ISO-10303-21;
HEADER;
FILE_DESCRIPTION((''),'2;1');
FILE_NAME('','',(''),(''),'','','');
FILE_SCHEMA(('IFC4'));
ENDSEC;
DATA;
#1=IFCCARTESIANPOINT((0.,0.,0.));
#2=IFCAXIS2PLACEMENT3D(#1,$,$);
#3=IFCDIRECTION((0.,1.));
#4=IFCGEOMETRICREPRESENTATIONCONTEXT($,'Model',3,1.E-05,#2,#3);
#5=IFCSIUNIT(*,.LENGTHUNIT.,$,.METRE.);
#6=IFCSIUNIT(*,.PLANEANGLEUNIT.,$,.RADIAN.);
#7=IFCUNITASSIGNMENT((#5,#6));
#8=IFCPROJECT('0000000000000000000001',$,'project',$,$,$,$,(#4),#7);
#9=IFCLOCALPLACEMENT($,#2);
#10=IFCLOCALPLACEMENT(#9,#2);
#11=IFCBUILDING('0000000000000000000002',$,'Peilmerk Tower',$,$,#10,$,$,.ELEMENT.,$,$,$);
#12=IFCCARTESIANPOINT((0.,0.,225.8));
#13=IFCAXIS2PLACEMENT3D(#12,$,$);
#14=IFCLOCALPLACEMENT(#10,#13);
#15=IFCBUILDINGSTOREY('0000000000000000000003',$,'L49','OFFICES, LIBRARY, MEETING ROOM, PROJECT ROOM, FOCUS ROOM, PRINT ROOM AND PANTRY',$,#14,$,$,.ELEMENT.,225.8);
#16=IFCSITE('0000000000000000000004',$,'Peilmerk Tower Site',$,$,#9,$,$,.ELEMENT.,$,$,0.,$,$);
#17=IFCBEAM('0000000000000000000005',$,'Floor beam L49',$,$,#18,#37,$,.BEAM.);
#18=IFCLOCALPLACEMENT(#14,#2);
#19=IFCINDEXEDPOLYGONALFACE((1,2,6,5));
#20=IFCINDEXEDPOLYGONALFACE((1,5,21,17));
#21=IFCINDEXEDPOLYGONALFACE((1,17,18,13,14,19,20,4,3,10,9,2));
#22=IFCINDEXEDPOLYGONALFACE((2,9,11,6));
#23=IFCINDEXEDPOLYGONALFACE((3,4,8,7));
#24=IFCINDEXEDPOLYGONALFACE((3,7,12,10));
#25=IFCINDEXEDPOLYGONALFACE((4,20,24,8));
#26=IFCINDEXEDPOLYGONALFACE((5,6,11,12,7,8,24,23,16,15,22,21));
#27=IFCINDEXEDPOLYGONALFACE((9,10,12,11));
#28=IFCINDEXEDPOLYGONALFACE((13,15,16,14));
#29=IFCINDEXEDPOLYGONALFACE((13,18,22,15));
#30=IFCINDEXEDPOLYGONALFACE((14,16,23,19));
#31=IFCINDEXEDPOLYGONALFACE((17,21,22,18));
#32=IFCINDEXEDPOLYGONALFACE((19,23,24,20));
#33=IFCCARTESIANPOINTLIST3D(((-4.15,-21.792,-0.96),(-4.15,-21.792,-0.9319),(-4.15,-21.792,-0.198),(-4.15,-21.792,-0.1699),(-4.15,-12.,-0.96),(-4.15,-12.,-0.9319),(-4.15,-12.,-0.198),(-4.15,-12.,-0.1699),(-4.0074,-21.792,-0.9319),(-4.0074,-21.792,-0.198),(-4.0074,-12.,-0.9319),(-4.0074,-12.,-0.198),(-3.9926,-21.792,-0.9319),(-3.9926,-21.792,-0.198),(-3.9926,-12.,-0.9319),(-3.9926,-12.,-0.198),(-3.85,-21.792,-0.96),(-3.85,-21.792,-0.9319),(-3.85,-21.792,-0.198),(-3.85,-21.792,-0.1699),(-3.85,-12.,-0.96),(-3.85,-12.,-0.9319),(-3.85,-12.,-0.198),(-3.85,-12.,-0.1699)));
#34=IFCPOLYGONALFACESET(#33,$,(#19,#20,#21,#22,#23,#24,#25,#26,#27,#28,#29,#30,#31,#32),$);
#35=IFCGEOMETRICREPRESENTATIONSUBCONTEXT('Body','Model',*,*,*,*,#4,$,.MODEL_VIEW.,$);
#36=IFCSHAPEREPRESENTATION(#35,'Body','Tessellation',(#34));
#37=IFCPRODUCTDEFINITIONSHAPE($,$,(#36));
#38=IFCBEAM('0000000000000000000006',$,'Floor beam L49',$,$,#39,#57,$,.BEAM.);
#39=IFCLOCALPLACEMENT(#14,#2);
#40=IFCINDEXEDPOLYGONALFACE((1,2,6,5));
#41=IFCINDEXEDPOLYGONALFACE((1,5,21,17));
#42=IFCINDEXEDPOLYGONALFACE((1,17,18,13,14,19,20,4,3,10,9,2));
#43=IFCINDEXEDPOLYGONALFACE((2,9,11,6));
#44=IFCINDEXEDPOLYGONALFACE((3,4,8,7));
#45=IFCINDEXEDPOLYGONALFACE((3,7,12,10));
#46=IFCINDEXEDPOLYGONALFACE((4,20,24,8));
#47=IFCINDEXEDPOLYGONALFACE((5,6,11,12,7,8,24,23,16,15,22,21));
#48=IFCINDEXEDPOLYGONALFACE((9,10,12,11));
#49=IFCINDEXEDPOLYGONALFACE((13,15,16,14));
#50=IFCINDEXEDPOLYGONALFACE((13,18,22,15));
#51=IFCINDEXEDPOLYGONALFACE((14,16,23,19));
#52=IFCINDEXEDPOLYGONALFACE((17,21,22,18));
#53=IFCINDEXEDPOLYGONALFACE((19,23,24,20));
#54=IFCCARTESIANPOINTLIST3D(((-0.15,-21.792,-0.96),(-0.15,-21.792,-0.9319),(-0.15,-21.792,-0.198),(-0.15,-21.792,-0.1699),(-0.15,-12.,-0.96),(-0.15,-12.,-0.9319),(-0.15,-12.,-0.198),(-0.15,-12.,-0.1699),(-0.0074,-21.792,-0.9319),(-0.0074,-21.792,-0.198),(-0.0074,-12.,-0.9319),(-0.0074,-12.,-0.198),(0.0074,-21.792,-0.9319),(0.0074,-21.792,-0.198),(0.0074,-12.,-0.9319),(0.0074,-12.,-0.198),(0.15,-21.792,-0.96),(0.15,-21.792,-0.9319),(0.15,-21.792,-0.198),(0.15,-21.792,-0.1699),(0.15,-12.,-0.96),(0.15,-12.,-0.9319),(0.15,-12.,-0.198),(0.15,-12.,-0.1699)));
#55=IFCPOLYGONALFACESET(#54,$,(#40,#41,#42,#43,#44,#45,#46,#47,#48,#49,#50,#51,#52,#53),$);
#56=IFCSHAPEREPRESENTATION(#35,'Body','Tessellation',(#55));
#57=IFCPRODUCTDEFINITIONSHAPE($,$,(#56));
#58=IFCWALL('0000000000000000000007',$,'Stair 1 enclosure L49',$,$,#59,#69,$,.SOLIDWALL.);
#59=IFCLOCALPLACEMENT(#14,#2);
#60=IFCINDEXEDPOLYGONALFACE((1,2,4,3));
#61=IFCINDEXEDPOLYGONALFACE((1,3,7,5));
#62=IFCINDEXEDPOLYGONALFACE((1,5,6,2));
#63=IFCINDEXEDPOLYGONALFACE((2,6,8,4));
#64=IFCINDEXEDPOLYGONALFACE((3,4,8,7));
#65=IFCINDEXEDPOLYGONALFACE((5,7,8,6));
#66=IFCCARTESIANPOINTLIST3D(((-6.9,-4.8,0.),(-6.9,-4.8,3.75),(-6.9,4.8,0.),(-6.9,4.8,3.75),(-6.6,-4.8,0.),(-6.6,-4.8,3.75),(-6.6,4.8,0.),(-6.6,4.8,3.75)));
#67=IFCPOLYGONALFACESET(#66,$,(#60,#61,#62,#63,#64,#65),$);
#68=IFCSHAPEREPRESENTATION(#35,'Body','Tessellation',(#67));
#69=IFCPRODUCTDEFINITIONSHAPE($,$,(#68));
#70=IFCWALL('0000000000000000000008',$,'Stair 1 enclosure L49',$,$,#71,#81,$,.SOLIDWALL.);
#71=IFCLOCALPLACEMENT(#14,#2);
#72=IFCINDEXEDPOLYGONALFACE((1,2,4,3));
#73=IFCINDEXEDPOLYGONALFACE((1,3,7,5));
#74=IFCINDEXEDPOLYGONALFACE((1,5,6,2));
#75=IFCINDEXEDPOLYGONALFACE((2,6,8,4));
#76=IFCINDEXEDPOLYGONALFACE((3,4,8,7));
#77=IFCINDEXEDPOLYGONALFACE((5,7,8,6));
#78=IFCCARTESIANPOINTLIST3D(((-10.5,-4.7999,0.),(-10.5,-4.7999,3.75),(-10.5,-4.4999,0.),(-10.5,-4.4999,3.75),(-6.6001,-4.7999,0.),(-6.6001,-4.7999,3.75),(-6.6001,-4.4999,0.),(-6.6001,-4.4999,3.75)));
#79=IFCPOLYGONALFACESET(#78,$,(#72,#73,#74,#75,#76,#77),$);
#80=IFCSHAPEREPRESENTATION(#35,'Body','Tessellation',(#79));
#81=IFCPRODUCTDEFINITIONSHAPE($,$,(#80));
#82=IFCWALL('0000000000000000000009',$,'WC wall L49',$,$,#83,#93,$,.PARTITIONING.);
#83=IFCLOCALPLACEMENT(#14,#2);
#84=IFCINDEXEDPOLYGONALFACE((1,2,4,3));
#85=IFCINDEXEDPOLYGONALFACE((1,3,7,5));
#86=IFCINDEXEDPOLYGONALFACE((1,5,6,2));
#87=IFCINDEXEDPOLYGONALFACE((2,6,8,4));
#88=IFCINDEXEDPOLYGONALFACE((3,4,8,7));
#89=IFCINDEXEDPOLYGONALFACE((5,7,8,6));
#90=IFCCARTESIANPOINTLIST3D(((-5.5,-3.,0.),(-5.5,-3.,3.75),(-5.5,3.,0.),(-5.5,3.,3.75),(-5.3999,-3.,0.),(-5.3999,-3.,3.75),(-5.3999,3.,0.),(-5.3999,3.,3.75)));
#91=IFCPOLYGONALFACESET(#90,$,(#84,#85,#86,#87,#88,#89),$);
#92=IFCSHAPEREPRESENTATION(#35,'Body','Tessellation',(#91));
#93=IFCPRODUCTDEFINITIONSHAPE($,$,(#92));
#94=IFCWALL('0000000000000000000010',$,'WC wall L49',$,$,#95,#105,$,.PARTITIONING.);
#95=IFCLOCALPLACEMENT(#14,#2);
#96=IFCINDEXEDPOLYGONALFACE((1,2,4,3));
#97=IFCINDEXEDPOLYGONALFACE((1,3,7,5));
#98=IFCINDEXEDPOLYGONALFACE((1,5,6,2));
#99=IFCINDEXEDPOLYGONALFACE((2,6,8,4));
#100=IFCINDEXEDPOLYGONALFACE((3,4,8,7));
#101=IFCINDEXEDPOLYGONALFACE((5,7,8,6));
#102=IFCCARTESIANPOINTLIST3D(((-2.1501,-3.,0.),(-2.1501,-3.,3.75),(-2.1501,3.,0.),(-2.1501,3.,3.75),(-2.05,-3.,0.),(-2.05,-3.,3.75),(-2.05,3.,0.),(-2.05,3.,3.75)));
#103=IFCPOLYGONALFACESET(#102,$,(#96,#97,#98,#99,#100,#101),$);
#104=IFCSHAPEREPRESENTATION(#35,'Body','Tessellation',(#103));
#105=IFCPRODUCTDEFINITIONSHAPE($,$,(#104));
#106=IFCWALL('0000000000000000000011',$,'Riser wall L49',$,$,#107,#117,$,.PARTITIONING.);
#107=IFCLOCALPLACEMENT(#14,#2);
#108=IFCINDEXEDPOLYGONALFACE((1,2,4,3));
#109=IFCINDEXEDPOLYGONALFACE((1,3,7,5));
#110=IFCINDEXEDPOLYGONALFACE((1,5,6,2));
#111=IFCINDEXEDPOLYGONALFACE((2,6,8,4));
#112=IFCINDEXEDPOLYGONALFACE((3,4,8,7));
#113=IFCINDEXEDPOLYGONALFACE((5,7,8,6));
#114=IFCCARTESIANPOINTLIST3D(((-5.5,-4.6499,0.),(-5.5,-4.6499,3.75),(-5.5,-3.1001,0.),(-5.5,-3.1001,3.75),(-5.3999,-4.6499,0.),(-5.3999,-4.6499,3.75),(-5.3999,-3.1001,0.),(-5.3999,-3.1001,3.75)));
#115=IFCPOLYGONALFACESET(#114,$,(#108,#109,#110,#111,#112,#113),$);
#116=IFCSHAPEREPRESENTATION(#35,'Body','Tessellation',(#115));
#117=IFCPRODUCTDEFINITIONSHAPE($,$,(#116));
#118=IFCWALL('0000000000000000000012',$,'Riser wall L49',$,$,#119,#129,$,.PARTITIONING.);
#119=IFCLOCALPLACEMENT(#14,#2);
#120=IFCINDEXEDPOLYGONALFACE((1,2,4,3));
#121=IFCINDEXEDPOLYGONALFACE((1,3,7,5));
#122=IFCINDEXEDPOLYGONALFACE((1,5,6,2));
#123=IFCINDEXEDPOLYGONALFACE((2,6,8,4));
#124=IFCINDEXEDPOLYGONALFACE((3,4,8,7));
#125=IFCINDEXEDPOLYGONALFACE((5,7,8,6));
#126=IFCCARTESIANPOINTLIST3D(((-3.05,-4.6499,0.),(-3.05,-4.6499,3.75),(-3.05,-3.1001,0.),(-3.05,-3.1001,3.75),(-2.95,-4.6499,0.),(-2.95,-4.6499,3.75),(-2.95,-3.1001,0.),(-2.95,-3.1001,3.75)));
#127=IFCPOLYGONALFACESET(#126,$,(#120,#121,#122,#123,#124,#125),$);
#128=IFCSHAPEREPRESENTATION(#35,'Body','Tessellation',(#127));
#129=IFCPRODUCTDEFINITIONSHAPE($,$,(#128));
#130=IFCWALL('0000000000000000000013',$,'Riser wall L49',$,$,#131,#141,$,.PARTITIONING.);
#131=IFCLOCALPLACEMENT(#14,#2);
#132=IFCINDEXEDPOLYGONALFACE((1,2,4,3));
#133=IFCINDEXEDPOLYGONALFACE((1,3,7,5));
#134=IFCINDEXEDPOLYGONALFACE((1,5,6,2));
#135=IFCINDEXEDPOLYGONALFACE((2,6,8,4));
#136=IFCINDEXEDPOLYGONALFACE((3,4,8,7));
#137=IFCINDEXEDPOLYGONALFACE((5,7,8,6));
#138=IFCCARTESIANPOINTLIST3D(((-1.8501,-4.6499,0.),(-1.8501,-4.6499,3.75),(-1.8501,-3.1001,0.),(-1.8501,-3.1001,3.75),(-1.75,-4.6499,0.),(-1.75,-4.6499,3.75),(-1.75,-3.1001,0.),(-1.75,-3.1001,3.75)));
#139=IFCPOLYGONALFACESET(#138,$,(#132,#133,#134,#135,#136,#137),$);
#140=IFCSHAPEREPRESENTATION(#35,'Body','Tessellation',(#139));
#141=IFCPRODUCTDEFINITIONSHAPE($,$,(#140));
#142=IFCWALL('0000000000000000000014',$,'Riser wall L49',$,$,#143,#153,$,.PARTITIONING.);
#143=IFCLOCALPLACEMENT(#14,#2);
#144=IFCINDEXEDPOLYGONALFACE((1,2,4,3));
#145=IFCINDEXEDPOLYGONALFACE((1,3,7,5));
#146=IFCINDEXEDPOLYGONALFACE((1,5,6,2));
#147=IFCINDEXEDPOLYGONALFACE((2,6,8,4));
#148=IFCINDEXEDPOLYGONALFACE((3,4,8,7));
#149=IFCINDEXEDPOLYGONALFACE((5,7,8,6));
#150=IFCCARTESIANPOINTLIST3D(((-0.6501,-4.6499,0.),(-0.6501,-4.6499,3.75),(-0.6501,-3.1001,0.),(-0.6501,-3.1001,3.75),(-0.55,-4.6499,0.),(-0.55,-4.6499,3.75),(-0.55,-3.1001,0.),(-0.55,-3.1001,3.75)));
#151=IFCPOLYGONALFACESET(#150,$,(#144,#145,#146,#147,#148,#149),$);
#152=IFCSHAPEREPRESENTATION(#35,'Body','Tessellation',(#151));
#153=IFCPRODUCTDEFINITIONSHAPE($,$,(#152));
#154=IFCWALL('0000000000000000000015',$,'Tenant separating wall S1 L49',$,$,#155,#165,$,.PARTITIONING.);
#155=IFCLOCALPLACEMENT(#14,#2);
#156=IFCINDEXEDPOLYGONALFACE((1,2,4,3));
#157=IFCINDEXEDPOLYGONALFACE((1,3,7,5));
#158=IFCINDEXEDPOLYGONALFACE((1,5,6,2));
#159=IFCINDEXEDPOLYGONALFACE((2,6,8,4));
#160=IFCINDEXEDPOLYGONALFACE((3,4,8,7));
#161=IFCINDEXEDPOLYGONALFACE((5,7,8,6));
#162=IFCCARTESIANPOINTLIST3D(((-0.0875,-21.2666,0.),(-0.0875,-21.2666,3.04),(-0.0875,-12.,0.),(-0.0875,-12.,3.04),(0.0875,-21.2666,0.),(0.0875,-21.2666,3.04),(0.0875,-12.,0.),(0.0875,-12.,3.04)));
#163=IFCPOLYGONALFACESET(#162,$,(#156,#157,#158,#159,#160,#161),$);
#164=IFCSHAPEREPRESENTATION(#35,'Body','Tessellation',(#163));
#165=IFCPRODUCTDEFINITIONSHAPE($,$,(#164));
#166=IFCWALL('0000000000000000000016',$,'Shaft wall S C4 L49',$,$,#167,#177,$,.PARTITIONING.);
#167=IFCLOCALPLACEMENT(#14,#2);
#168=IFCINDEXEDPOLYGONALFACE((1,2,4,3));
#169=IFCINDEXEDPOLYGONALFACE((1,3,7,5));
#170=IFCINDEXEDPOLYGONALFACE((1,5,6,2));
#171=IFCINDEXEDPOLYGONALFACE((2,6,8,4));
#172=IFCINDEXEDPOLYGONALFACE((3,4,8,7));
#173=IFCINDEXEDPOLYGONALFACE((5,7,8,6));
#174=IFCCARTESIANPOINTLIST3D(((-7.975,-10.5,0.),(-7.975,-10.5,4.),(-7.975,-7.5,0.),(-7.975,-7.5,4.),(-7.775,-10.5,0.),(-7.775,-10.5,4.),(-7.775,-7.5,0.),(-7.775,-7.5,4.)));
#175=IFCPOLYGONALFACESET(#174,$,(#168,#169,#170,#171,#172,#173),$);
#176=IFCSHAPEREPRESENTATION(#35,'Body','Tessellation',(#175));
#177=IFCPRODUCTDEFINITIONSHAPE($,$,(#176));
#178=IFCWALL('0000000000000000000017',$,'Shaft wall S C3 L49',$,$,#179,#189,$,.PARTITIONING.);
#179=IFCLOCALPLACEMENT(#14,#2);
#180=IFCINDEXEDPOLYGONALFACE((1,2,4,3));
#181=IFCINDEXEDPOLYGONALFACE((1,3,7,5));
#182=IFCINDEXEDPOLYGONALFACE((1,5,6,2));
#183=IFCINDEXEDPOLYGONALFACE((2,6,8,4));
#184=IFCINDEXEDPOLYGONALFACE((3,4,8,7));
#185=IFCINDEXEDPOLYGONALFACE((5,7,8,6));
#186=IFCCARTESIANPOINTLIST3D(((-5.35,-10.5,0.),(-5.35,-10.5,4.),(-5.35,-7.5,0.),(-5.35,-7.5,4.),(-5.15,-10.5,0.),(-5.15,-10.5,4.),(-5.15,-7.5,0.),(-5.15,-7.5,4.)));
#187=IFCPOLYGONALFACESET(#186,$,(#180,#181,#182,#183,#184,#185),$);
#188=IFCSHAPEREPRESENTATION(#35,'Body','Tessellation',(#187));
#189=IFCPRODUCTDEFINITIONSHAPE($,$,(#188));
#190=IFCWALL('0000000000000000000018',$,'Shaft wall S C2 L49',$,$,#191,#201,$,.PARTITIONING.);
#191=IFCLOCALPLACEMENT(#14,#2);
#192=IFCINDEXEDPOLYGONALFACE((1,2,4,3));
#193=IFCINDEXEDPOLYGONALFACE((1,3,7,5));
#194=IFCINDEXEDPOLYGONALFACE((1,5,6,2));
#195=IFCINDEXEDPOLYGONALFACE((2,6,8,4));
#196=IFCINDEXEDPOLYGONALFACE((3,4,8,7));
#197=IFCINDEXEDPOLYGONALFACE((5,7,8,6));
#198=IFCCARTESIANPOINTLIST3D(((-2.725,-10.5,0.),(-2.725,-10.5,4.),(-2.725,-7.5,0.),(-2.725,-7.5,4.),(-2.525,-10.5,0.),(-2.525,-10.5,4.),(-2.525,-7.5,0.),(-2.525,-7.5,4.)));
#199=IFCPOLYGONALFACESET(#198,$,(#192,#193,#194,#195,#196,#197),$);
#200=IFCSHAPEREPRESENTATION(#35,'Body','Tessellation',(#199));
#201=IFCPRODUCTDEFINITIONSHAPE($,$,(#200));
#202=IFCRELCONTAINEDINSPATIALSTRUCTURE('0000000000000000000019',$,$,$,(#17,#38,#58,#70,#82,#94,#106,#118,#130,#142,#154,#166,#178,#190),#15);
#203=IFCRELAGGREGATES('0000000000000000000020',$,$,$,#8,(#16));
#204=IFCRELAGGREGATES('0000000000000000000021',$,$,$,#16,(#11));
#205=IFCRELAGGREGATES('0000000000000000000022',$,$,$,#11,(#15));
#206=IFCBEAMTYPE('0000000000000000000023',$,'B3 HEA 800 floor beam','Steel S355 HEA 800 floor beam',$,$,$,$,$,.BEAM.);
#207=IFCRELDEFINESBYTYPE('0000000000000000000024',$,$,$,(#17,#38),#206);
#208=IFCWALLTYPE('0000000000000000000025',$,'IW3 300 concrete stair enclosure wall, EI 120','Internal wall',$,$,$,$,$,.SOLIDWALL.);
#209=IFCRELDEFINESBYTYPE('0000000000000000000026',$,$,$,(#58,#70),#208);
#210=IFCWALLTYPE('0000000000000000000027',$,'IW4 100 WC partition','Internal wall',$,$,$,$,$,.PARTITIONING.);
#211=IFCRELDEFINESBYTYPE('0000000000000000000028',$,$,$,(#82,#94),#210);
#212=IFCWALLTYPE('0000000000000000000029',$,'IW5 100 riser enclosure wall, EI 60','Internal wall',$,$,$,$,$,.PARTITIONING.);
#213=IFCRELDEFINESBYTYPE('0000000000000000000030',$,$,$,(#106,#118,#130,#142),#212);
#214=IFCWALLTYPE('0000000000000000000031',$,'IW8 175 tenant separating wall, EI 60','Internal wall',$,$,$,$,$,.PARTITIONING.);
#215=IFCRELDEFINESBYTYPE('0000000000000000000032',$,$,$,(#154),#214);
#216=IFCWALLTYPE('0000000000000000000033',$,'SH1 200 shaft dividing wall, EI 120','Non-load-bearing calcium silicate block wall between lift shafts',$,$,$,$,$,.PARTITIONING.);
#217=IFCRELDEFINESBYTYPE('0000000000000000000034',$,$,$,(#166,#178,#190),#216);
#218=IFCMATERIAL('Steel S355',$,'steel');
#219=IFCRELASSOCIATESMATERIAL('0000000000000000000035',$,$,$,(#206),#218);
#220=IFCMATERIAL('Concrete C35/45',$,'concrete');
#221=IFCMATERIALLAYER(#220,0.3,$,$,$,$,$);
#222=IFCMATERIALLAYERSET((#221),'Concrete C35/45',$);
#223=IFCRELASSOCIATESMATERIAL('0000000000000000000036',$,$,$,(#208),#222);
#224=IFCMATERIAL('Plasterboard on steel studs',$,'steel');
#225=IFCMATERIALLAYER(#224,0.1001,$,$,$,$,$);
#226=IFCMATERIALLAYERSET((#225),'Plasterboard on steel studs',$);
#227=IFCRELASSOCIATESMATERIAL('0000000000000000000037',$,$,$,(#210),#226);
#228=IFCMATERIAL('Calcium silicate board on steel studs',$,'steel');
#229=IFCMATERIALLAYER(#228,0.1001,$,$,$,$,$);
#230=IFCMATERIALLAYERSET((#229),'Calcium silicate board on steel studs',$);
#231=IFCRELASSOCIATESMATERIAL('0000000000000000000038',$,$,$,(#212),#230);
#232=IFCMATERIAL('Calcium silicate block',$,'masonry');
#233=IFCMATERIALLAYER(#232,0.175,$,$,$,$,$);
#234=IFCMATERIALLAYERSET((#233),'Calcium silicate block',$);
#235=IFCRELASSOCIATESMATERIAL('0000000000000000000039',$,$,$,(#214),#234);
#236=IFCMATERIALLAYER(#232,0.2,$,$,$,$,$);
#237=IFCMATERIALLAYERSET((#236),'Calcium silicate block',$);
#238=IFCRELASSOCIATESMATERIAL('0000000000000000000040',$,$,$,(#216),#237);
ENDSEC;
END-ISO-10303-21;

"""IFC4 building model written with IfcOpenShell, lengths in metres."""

from ifc_helpers import new_model, si_unit, direction, frame, frame_2d, origin, origin_2d, place, context, subcontext, project, spatial, rectangle, i_section, extrude, material, layer, layer_set, material_profile, profile_set, type_object, element, save


model = new_model("IFC4")

# Units and contexts
model_context = context("Model", 3, precision=1e-05, world=origin(), true_north=direction((0.0, 1.0)))
body_context = subcontext(model_context, "Body", "Model", "MODEL_VIEW")
ifc_project = project(units=[si_unit("LENGTHUNIT", "METRE"), si_unit("PLANEANGLEUNIT", "RADIAN")], contexts=[model_context])

# Site, building, storey
site_placement = place(None, origin())
site = spatial("IfcSite", under=ifc_project, at=site_placement, Name="Peilmerk Tower Site", CompositionType="ELEMENT", RefElevation=0.0)
building_placement = place(site_placement, origin())
building = spatial("IfcBuilding", under=site, at=building_placement, Name="Peilmerk Tower", CompositionType="ELEMENT")
storey_placement = place(building_placement, frame((0.0, 0.0, 225.8)))
storey = spatial("IfcBuildingStorey", under=building, at=storey_placement, Name="L49", Description="OFFICES, LIBRARY, MEETING ROOM, PROJECT ROOM, FOCUS ROOM, PRINT ROOM AND PANTRY", CompositionType="ELEMENT", Elevation=225.8)

# Beams
ifc_material_1 = material(Name="Steel S355", Category="steel")
ifc_material_profile = material_profile(ifc_material_1, i_section(OverallWidth=0.3, OverallDepth=0.79, WebThickness=0.0149, FlangeThickness=0.0281, at=origin_2d()), Name="HEA 800")
ifc_profile_set = profile_set([ifc_material_profile], Name="Steel S355")
beam_type = type_object("IfcBeamType", Name="B3 HEA 800 floor beam", Description="Steel S355 HEA 800 floor beam", PredefinedType="BEAM", material=ifc_profile_set)
for number, where, z_axis, x_axis, name in (
    (1, (-4.0, -12.0, -0.5649), (0.0, -1.0, 0.0), (1.0, 0.0, 0.0), "Floor beam L49"),
    (2, (0.0, -12.0, -0.5649), (0.0, -1.0, 0.0), (1.0, 0.0, 0.0), "Floor beam L49"),
):
    element("IfcBeam", number, at=place(storey_placement, frame(where, z_axis=z_axis, x_axis=x_axis)), inside=storey, type_object=beam_type, Name=name, PredefinedType="BEAM", context=body_context, shape_type="SweptSolid", body=[
        extrude(i_section(OverallWidth=0.3, OverallDepth=0.79, WebThickness=0.0149, FlangeThickness=0.0281, at=origin_2d()), origin(), (0.0, 0.0, 1.0), 9.792),
    ])

# Walls
ifc_material_2 = material(Name="Concrete C35/45", Category="concrete")
ifc_layer_1 = layer(ifc_material_2, 0.3)
ifc_layer_set_1 = layer_set([ifc_layer_1], Name="Concrete C35/45")
wall_type_1 = type_object("IfcWallType", Name="IW3 300 concrete stair enclosure wall, EI 120", Description="Internal wall", PredefinedType="SOLIDWALL", material=ifc_layer_set_1)
wall_1_placement = place(storey_placement, frame((-6.75, -4.8, 0.0), z_axis=(0.0, 0.0, 1.0), x_axis=(0.0, 1.0, 0.0)))
element("IfcWall", 3, at=wall_1_placement, inside=storey, type_object=wall_type_1, Name="Stair 1 enclosure L49", PredefinedType="SOLIDWALL", context=body_context, shape_type="SweptSolid", body=[
    extrude(rectangle(XDim=9.6001, YDim=0.3, at=frame_2d((4.8, 0.0))), origin(), (0.0, 0.0, 1.0), 3.75),
])
wall_2_placement = place(storey_placement, frame((-6.6001, -4.6499, 0.0), z_axis=(0.0, 0.0, 1.0), x_axis=(-1.0, 0.0, 0.0)))
element("IfcWall", 4, at=wall_2_placement, inside=storey, type_object=wall_type_1, Name="Stair 1 enclosure L49", PredefinedType="SOLIDWALL", context=body_context, shape_type="SweptSolid", body=[
    extrude(rectangle(XDim=3.8999, YDim=0.3, at=frame_2d((1.95, 0.0))), origin(), (0.0, 0.0, 1.0), 3.75),
])
ifc_material_3 = material(Name="Plasterboard on steel studs", Category="steel")
ifc_layer_2 = layer(ifc_material_3, 0.1001)
ifc_layer_set_2 = layer_set([ifc_layer_2], Name="Plasterboard on steel studs")
wall_type_2 = type_object("IfcWallType", Name="IW4 100 WC partition", Description="Internal wall", PredefinedType="PARTITIONING", material=ifc_layer_set_2)
for number, where, z_axis, x_axis, name in (
    (5, (-5.45, -3.0, 0.0), (0.0, 0.0, 1.0), (0.0, 1.0, 0.0), "WC wall L49"),
    (6, (-2.1001, -3.0, 0.0), (0.0, 0.0, 1.0), (0.0, 1.0, 0.0), "WC wall L49"),
):
    element("IfcWall", number, at=place(storey_placement, frame(where, z_axis=z_axis, x_axis=x_axis)), inside=storey, type_object=wall_type_2, Name=name, PredefinedType="PARTITIONING", context=body_context, shape_type="SweptSolid", body=[
        extrude(rectangle(XDim=6.0, YDim=0.1001, at=frame_2d((3.0, 0.0))), origin(), (0.0, 0.0, 1.0), 3.75),
    ])
ifc_material_4 = material(Name="Calcium silicate board on steel studs", Category="steel")
ifc_layer_3 = layer(ifc_material_4, 0.1001)
ifc_layer_set_3 = layer_set([ifc_layer_3], Name="Calcium silicate board on steel studs")
wall_type_3 = type_object("IfcWallType", Name="IW5 100 riser enclosure wall, EI 60", Description="Internal wall", PredefinedType="PARTITIONING", material=ifc_layer_set_3)
for number, where, z_axis, x_axis, name in (
    (7, (-5.45, -3.1001, 0.0), (0.0, 0.0, 1.0), (0.0, -1.0, 0.0), "Riser wall L49"),
    (8, (-3.0, -3.1001, 0.0), (0.0, 0.0, 1.0), (0.0, -1.0, 0.0), "Riser wall L49"),
    (9, (-1.8, -3.1001, 0.0), (0.0, 0.0, 1.0), (0.0, -1.0, 0.0), "Riser wall L49"),
    (10, (-0.6001, -3.1001, 0.0), (0.0, 0.0, 1.0), (0.0, -1.0, 0.0), "Riser wall L49"),
):
    element("IfcWall", number, at=place(storey_placement, frame(where, z_axis=z_axis, x_axis=x_axis)), inside=storey, type_object=wall_type_3, Name=name, PredefinedType="PARTITIONING", context=body_context, shape_type="SweptSolid", body=[
        extrude(rectangle(XDim=1.5498, YDim=0.1001, at=frame_2d((0.7749, 0.0))), origin(), (0.0, 0.0, 1.0), 3.75),
    ])
ifc_material_5 = material(Name="Calcium silicate block", Category="masonry")
ifc_layer_4 = layer(ifc_material_5, 0.175)
ifc_layer_set_4 = layer_set([ifc_layer_4], Name="Calcium silicate block")
wall_type_4 = type_object("IfcWallType", Name="IW8 175 tenant separating wall, EI 60", Description="Internal wall", PredefinedType="PARTITIONING", material=ifc_layer_set_4)
wall_3_placement = place(storey_placement, frame((0.0, -12.0, 0.0), z_axis=(0.0, 0.0, 1.0), x_axis=(0.0, -1.0, 0.0)))
element("IfcWall", 11, at=wall_3_placement, inside=storey, type_object=wall_type_4, Name="Tenant separating wall S1 L49", PredefinedType="PARTITIONING", context=body_context, shape_type="SweptSolid", body=[
    extrude(rectangle(XDim=9.2666, YDim=0.175, at=frame_2d((4.6333, 0.0))), origin(), (0.0, 0.0, 1.0), 3.04),
])
ifc_layer_5 = layer(ifc_material_5, 0.2)
ifc_layer_set_5 = layer_set([ifc_layer_5], Name="Calcium silicate block")
wall_type_5 = type_object("IfcWallType", Name="SH1 200 shaft dividing wall, EI 120", Description="Non-load-bearing calcium silicate block wall between lift shafts", PredefinedType="PARTITIONING", material=ifc_layer_set_5)
for number, where, z_axis, x_axis, name in (
    (12, (-7.875, -10.5, 0.0), (0.0, 0.0, 1.0), (0.0, 1.0, 0.0), "Shaft wall S C4 L49"),
    (13, (-5.25, -10.5, 0.0), (0.0, 0.0, 1.0), (0.0, 1.0, 0.0), "Shaft wall S C3 L49"),
    (14, (-2.625, -10.5, 0.0), (0.0, 0.0, 1.0), (0.0, 1.0, 0.0), "Shaft wall S C2 L49"),
):
    element("IfcWall", number, at=place(storey_placement, frame(where, z_axis=z_axis, x_axis=x_axis)), inside=storey, type_object=wall_type_5, Name=name, PredefinedType="PARTITIONING", context=body_context, shape_type="SweptSolid", body=[
        extrude(rectangle(XDim=3.0, YDim=0.2, at=frame_2d((1.5, 0.0))), origin(), (0.0, 0.0, 1.0), 4.0),
    ])

save(model, "model.ifc")
